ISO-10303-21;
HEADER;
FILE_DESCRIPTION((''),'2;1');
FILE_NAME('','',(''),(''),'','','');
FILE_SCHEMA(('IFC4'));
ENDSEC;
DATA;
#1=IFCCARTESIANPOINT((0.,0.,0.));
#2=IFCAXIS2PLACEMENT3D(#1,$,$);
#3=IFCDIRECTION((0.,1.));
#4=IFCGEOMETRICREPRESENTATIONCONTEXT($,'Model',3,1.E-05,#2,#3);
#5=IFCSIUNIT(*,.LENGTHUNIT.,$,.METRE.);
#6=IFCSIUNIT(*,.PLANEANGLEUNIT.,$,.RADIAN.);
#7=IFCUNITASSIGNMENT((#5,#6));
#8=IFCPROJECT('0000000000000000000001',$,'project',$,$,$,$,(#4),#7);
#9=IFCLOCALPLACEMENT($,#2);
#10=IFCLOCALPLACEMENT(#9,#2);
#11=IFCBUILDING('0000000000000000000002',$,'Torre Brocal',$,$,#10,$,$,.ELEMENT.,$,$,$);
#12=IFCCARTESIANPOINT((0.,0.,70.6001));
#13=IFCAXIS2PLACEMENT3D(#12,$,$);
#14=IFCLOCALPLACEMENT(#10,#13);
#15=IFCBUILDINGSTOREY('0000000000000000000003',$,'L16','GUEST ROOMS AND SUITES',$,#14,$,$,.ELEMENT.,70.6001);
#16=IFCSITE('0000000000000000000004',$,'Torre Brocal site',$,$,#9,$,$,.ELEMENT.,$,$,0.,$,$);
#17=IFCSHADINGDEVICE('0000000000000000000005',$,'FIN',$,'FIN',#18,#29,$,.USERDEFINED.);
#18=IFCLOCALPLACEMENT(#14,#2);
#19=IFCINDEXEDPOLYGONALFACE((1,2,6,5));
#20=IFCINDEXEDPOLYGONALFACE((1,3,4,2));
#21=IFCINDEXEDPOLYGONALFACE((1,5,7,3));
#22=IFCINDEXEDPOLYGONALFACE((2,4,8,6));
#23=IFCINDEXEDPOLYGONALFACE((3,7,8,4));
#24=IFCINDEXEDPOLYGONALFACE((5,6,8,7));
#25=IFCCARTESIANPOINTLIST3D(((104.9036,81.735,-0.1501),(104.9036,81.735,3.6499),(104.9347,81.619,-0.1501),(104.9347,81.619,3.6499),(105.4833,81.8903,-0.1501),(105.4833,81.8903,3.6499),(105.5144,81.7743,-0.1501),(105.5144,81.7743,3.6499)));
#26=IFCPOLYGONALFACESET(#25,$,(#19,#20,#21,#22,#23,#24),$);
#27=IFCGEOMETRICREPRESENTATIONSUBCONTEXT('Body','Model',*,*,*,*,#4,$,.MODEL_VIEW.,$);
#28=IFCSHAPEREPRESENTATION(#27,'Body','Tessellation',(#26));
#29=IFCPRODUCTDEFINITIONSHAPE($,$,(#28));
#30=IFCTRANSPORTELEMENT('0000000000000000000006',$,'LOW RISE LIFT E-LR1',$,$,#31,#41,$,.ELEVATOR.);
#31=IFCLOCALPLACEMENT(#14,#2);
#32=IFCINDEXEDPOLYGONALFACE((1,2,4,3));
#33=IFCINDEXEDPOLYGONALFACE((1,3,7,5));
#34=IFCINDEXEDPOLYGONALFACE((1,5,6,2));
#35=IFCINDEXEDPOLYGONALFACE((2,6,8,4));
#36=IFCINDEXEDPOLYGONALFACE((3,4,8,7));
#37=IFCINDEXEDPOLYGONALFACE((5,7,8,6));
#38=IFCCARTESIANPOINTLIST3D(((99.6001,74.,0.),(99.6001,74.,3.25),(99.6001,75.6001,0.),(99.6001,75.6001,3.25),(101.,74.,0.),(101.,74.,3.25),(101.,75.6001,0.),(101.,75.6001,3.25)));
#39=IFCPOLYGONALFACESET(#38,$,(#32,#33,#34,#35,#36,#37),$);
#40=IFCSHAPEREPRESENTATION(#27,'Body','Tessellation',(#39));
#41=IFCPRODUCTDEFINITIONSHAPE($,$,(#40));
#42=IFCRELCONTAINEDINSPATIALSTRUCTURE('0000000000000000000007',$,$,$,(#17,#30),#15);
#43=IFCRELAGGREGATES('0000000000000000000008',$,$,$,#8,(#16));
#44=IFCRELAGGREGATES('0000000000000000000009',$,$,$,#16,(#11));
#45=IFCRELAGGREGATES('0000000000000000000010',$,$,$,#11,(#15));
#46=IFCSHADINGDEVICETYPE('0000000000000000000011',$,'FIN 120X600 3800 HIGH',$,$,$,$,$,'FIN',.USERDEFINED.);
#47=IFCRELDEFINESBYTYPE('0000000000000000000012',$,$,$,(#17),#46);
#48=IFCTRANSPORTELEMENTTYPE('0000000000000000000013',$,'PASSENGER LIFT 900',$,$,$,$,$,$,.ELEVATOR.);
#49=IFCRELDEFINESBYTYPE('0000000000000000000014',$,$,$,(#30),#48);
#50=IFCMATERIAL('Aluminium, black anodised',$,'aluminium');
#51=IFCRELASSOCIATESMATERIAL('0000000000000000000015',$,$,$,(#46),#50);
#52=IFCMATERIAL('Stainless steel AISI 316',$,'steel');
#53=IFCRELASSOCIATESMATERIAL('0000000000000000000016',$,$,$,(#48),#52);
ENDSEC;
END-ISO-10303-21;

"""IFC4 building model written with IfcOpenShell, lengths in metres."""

from ifc_helpers import new_model, si_unit, direction, frame, origin, origin_2d, place, context, subcontext, project, spatial, rectangle, extrude, material, material_profile, profile_set, type_object, element, save


model = new_model("IFC4")

# Units and contexts
model_context = context("Model", 3, precision=1e-05, world=origin(), true_north=direction((0.0, 1.0)))
body_context = subcontext(model_context, "Body", "Model", "MODEL_VIEW")
ifc_project = project(units=[si_unit("LENGTHUNIT", "METRE"), si_unit("PLANEANGLEUNIT", "RADIAN")], contexts=[model_context])

# Site, building, storey
site_placement = place(None, origin())
site = spatial("IfcSite", under=ifc_project, at=site_placement, Name="Torre Brocal site", CompositionType="ELEMENT", RefElevation=0.0)
building_placement = place(site_placement, origin())
building = spatial("IfcBuilding", under=site, at=building_placement, Name="Torre Brocal", CompositionType="ELEMENT")
storey_placement = place(building_placement, frame((0.0, 0.0, 70.6001)))
storey = spatial("IfcBuildingStorey", under=building, at=storey_placement, Name="L16", Description="GUEST ROOMS AND SUITES", CompositionType="ELEMENT", Elevation=70.6001)

# Shading device
ifc_material_1 = material(Name="Aluminium, black anodised", Category="aluminium")
ifc_material_profile_1 = material_profile(ifc_material_1, rectangle(XDim=0.1201, YDim=0.6001, at=origin_2d()), Name="FIN 120X600 3800 HIGH")
ifc_profile_set_1 = profile_set([ifc_material_profile_1], Name="Aluminium, black anodised")
shading_device_type = type_object("IfcShadingDeviceType", Name="FIN 120X600 3800 HIGH", ElementType="FIN", PredefinedType="USERDEFINED", material=ifc_profile_set_1)
shading_device_placement = place(storey_placement, frame((105.209, 81.7546, -0.1501), z_axis=(0.0, 0.0, 1.0), x_axis=(-0.258819, 0.965926, 0.0)))
element("IfcShadingDevice", 1, at=shading_device_placement, inside=storey, type_object=shading_device_type, Name="FIN", ObjectType="FIN", PredefinedType="USERDEFINED", context=body_context, shape_type="SweptSolid", body=[
    extrude(rectangle(XDim=0.1201, YDim=0.6001, at=origin_2d()), origin(), (0.0, 0.0, 1.0), 3.8),
])

# Transport element
ifc_material_2 = material(Name="Stainless steel AISI 316", Category="steel")
transport_element_type = type_object("IfcTransportElementType", Name="PASSENGER LIFT 900", PredefinedType="ELEVATOR", material=ifc_material_2)
transport_element_placement = place(storey_placement, frame((100.3, 74.8, 0.0), z_axis=(0.0, 0.0, 1.0), x_axis=(1.0, 0.0, 0.0)))
element("IfcTransportElement", 2, at=transport_element_placement, inside=storey, type_object=transport_element_type, Name="LOW RISE LIFT E-LR1", PredefinedType="ELEVATOR", context=body_context, shape_type="SweptSolid", body=[
    extrude(rectangle(XDim=1.3999, YDim=1.6001, at=origin_2d()), origin(), (0.0, 0.0, 1.0), 3.25),
])

save(model, "model.ifc")
